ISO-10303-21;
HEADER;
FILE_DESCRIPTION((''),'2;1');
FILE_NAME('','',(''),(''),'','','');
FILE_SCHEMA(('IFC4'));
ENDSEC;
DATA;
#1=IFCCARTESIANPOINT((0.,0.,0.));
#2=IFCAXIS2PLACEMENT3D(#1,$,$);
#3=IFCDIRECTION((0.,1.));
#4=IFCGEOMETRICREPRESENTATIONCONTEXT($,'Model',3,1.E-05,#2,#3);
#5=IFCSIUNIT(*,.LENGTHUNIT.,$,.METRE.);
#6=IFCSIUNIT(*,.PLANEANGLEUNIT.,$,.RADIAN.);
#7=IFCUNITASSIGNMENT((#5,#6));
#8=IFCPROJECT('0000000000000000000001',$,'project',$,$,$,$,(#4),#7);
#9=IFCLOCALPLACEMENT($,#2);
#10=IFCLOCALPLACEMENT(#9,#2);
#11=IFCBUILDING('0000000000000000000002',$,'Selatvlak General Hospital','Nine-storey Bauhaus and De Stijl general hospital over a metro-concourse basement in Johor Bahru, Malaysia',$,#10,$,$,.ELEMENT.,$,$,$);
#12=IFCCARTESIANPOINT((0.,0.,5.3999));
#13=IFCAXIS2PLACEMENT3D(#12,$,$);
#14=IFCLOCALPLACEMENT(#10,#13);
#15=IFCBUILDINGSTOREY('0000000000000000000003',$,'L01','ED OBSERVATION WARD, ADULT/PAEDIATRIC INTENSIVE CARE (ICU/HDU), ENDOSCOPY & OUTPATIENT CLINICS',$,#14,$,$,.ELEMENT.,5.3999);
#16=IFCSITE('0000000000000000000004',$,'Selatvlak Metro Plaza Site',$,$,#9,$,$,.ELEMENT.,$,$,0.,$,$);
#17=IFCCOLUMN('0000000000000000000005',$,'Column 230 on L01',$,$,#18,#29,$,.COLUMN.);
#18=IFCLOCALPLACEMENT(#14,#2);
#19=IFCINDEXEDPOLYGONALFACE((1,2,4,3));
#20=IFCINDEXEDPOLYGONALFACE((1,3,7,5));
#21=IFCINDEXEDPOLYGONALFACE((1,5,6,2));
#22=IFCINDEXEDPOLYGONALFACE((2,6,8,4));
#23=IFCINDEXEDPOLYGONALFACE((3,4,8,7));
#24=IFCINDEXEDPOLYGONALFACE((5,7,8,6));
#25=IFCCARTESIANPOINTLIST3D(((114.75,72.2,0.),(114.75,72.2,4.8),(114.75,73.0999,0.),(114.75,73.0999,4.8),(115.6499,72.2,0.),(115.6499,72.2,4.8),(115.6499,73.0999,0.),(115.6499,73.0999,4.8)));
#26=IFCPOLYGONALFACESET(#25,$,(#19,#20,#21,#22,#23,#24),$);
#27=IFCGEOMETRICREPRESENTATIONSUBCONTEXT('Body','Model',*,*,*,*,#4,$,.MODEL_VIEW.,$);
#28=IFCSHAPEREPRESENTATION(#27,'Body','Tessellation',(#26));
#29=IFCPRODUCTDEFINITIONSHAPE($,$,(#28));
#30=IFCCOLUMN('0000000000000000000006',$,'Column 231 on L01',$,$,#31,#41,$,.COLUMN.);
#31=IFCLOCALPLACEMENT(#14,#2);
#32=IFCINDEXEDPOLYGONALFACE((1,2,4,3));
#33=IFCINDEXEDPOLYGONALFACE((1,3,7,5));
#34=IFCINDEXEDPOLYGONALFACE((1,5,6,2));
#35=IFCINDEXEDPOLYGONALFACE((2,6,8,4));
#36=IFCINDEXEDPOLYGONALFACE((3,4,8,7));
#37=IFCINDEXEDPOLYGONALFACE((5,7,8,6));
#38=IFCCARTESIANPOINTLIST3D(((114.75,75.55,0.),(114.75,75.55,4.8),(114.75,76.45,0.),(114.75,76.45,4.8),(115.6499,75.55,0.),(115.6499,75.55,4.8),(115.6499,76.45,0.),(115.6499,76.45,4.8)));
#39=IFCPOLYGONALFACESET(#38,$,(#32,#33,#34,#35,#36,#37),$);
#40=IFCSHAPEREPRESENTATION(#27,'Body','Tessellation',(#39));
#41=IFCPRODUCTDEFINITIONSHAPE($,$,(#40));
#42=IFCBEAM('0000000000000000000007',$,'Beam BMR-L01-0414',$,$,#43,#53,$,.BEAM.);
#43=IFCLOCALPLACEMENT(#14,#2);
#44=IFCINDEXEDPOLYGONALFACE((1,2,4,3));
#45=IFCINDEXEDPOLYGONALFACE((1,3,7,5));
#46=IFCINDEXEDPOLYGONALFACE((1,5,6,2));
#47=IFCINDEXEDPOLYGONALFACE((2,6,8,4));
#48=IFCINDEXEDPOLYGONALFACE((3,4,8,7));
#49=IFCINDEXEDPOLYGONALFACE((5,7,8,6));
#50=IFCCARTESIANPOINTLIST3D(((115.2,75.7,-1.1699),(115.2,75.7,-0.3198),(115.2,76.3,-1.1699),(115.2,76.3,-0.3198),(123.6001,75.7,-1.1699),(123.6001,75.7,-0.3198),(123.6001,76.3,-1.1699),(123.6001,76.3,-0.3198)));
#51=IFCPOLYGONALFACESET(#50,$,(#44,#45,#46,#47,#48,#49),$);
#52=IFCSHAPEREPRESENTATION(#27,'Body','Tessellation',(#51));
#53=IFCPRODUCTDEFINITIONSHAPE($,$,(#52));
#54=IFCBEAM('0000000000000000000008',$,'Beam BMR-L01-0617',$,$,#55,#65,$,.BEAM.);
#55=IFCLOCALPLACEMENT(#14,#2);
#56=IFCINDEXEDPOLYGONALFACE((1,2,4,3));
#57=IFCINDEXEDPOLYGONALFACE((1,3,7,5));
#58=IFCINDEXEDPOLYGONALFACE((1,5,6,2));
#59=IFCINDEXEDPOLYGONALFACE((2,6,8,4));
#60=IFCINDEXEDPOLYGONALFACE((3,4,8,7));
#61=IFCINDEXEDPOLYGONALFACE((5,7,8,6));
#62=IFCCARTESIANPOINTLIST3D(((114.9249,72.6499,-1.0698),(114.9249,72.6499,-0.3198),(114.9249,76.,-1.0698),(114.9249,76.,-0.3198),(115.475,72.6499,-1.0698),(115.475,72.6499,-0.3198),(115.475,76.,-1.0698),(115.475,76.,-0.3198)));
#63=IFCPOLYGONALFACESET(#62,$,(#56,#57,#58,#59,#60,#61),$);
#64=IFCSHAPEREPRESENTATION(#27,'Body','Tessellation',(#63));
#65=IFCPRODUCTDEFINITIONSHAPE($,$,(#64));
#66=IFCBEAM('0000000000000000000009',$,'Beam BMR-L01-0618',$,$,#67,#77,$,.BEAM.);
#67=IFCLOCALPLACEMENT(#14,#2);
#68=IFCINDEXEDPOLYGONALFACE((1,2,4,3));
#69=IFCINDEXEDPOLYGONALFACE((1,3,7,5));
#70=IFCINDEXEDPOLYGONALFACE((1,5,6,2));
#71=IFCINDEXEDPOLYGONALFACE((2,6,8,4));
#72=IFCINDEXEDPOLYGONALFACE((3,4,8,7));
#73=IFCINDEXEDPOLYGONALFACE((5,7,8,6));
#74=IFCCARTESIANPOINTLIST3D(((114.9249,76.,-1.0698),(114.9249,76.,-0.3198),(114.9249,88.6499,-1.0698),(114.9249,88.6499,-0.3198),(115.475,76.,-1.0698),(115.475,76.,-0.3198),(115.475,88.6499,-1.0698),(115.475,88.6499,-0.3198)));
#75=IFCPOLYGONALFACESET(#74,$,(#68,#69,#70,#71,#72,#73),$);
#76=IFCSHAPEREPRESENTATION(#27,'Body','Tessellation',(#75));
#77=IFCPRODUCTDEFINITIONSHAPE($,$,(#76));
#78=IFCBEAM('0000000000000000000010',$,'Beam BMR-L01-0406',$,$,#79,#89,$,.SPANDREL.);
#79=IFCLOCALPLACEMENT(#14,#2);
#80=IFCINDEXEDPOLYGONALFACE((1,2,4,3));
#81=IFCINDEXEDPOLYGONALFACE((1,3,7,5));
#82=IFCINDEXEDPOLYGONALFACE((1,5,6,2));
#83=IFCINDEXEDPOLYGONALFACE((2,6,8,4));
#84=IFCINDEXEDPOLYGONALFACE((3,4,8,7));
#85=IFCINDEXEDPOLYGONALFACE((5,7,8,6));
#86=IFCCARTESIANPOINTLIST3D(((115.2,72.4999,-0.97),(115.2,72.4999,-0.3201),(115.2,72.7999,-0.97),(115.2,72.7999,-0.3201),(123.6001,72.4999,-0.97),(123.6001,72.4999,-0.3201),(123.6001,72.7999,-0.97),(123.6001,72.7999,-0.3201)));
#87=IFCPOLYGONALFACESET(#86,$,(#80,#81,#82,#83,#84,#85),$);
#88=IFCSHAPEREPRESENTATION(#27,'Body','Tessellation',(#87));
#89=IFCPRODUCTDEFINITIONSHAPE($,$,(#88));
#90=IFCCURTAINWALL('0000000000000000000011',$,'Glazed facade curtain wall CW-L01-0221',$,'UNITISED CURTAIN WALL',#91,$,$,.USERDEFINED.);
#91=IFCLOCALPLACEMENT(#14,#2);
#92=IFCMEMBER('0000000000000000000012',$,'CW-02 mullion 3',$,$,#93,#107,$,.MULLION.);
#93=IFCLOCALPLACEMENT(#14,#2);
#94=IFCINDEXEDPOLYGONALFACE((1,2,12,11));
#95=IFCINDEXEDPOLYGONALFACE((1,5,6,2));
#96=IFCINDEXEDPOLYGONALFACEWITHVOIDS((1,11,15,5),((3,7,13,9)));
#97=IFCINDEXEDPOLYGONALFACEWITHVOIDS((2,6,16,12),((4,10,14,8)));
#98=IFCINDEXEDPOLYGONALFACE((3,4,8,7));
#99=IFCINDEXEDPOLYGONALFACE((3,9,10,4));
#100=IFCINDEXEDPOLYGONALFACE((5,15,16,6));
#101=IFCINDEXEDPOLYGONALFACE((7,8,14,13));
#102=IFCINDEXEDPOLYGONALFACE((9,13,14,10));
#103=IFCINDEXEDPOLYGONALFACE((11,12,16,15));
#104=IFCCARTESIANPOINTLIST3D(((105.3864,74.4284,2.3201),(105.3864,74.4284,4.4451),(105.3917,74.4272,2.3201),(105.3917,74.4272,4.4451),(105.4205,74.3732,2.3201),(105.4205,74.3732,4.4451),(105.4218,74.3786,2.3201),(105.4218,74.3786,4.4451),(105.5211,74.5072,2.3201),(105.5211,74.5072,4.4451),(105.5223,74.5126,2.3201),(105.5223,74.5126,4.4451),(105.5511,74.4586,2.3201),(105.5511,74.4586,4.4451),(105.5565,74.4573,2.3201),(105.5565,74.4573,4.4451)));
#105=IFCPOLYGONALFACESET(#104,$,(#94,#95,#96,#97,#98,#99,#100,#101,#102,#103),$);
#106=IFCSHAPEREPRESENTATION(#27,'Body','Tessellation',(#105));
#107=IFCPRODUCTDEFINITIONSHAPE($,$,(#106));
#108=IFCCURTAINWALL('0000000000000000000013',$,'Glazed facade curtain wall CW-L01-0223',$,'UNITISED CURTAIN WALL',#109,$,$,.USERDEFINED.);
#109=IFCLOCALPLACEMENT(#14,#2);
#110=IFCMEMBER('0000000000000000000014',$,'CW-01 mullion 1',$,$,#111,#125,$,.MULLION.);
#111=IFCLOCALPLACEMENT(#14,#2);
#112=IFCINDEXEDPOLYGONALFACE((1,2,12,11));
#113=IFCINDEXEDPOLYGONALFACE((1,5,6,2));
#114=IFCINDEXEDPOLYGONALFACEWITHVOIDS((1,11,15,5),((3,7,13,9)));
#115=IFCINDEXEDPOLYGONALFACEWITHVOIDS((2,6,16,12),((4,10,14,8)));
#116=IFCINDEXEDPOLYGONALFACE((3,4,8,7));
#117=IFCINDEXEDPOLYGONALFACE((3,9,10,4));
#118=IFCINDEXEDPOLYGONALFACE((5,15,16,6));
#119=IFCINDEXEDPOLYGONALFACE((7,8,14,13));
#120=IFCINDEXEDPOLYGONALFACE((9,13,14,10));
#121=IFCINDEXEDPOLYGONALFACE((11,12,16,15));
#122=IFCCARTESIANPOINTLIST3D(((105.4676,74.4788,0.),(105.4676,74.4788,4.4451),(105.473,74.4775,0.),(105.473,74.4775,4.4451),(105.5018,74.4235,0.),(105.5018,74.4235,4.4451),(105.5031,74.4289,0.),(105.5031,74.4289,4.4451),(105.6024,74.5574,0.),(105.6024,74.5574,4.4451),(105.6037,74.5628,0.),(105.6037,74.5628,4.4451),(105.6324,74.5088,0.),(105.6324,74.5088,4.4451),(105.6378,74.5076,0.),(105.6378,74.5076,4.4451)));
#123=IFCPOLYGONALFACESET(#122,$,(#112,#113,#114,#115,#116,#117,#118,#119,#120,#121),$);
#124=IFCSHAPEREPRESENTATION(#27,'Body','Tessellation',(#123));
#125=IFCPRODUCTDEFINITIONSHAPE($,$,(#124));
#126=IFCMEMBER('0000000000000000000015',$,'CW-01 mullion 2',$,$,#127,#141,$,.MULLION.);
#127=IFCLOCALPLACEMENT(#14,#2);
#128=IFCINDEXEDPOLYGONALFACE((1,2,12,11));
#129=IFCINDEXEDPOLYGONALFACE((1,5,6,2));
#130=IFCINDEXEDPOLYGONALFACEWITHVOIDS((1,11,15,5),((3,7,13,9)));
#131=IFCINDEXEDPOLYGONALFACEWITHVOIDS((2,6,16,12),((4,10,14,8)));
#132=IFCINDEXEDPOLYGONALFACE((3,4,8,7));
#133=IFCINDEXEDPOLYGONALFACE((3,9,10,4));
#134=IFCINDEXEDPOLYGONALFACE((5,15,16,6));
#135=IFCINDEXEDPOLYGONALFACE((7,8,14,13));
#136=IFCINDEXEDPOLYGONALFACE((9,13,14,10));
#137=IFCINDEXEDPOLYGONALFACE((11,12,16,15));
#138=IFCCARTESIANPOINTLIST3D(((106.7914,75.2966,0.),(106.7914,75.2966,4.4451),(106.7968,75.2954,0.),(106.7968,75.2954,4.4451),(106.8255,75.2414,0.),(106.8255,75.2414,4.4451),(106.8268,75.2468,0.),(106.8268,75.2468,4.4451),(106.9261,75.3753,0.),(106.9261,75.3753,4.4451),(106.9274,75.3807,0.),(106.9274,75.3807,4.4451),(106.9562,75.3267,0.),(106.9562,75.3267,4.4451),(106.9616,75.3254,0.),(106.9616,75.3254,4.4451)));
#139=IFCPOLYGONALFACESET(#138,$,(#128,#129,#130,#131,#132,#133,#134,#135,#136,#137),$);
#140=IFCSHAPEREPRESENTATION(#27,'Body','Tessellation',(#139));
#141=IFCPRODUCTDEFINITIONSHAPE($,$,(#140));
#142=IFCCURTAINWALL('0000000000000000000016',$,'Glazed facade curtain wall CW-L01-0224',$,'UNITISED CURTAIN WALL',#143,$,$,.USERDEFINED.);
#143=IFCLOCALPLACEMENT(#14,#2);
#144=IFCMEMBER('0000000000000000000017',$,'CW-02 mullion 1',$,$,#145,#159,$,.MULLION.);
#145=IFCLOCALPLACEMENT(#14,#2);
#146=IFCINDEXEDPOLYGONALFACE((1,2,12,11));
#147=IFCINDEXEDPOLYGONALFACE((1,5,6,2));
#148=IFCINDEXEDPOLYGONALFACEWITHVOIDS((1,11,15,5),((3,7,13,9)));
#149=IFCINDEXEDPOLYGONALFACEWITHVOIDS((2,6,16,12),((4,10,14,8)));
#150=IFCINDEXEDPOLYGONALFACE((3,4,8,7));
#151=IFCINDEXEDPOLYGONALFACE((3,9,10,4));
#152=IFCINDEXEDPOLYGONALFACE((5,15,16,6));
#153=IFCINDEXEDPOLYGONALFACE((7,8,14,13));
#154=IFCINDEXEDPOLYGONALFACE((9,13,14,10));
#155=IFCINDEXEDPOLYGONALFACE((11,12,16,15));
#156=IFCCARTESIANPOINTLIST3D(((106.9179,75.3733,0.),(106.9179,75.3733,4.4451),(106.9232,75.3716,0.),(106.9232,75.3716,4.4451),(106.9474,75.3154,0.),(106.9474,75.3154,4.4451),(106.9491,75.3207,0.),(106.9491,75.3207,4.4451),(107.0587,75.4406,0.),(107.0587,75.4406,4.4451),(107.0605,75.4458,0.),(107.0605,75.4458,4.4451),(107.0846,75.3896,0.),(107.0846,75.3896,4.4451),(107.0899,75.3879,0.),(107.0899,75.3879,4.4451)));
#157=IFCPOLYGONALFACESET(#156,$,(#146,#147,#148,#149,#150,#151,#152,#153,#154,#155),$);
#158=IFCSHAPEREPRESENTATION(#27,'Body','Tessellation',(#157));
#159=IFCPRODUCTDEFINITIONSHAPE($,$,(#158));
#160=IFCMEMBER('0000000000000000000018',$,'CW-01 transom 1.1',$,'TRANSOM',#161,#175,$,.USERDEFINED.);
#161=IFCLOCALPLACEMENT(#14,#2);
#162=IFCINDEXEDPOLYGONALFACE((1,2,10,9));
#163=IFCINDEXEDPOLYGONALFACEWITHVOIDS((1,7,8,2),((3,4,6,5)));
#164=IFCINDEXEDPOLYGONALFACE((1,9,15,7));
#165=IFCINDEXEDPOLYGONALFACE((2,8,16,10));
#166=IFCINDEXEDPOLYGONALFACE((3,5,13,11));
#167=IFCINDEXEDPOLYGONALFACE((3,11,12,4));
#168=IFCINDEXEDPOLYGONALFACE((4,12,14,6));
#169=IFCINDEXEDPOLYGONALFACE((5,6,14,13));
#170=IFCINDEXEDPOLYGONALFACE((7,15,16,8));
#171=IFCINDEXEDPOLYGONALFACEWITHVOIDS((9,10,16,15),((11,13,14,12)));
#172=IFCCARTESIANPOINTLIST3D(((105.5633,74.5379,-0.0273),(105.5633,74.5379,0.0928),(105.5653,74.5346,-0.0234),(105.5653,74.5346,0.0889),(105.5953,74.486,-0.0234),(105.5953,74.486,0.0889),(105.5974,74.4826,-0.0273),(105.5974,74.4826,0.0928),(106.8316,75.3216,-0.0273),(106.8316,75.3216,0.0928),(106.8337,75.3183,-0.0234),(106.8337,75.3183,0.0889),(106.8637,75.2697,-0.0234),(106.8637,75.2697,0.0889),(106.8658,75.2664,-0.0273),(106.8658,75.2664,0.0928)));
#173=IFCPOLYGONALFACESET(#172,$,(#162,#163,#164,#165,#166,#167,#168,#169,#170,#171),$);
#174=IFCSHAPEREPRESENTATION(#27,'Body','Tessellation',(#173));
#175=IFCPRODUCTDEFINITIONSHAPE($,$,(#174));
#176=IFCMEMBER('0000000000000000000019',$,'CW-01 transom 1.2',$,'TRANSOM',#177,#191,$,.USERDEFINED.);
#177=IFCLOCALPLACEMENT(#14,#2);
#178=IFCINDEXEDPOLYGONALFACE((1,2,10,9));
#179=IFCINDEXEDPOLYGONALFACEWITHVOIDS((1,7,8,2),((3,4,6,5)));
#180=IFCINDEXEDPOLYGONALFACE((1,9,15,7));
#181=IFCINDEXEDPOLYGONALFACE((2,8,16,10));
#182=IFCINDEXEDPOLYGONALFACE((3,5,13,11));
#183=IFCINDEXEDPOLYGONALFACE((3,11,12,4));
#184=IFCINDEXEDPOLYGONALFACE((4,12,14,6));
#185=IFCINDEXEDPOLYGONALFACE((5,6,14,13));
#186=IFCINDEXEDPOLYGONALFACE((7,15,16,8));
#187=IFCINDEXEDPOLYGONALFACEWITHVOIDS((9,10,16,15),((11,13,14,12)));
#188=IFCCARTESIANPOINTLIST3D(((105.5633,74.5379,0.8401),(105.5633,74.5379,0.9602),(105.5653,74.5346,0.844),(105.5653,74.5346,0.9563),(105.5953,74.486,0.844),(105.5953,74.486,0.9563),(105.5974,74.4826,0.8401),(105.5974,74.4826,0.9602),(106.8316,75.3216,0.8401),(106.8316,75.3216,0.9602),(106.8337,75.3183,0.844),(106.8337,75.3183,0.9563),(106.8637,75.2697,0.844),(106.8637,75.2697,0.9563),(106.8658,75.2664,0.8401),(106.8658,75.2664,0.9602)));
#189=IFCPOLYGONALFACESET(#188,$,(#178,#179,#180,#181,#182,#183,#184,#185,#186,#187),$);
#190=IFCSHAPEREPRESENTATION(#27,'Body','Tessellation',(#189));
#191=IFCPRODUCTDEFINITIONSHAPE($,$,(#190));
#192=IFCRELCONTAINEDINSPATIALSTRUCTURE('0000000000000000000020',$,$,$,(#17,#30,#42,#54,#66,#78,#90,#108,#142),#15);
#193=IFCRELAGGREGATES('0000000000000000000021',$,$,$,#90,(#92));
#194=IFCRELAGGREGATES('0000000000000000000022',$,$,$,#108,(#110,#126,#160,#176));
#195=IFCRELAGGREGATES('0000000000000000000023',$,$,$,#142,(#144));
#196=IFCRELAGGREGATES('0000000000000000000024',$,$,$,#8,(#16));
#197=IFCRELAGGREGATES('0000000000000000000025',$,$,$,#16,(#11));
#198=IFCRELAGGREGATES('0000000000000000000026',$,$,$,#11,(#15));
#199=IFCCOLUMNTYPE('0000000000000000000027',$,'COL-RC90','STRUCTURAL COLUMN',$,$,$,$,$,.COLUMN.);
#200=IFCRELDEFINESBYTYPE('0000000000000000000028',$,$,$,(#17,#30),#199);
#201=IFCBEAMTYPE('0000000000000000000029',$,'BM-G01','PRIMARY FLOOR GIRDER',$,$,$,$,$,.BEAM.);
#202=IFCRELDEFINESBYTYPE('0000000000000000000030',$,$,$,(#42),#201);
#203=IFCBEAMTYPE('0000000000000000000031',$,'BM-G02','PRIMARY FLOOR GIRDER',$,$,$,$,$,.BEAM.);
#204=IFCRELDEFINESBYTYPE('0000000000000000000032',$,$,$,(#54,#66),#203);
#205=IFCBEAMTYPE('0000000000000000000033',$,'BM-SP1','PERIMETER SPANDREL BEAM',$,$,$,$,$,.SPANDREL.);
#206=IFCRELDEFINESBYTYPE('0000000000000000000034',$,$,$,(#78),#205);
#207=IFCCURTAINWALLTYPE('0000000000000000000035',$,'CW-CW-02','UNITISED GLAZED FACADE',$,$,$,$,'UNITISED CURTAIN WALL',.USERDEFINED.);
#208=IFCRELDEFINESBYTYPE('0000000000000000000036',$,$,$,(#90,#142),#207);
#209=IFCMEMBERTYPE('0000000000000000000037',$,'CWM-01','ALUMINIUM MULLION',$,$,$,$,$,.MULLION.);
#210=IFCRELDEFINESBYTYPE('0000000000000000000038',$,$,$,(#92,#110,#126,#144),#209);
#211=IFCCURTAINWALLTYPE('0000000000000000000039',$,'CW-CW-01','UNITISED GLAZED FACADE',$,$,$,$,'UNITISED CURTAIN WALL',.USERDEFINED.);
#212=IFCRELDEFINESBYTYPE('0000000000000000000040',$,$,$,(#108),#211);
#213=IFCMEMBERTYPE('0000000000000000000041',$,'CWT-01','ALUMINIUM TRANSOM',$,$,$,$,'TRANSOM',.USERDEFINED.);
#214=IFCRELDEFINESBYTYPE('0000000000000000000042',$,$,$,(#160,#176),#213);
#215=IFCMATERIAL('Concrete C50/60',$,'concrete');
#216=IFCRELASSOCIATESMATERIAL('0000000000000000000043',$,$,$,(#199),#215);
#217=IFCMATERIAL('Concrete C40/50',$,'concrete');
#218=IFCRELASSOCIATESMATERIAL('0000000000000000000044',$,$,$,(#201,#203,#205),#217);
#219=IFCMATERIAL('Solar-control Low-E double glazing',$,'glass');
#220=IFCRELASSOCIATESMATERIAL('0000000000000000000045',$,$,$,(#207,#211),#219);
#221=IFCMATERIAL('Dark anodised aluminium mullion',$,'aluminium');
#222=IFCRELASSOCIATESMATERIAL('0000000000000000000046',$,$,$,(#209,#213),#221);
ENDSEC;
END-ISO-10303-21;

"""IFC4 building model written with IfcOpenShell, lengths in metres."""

from ifc_helpers import new_model, si_unit, direction, frame, origin, origin_2d, place, context, subcontext, project, spatial, rectangle, hollow_rectangle, extrude, material, material_profile, profile_set, type_object, element, aggregate, save


model = new_model("IFC4")

# Units and contexts
model_context = context("Model", 3, precision=1e-05, world=origin(), true_north=direction((0.0, 1.0)))
body_context = subcontext(model_context, "Body", "Model", "MODEL_VIEW")
ifc_project = project(units=[si_unit("LENGTHUNIT", "METRE"), si_unit("PLANEANGLEUNIT", "RADIAN")], contexts=[model_context])

# Site, building, storey
site_placement = place(None, origin())
site = spatial("IfcSite", under=ifc_project, at=site_placement, Name="Selatvlak Metro Plaza Site", CompositionType="ELEMENT", RefElevation=0.0)
building_placement = place(site_placement, origin())
building = spatial("IfcBuilding", under=site, at=building_placement, Name="Selatvlak General Hospital", Description="Nine-storey Bauhaus and De Stijl general hospital over a metro-concourse basement in Johor Bahru, Malaysia", CompositionType="ELEMENT")
storey_placement = place(building_placement, frame((0.0, 0.0, 5.3999)))
storey = spatial("IfcBuildingStorey", under=building, at=storey_placement, Name="L01", Description="ED OBSERVATION WARD, ADULT/PAEDIATRIC INTENSIVE CARE (ICU/HDU), ENDOSCOPY & OUTPATIENT CLINICS", CompositionType="ELEMENT", Elevation=5.3999)

# Columns
ifc_material_1 = material(Name="Concrete C50/60", Category="concrete")
ifc_material_profile_1 = material_profile(ifc_material_1, rectangle(XDim=0.8999, YDim=0.8999, at=origin_2d()), Name="RC-COL 900x900")
ifc_profile_set_1 = profile_set([ifc_material_profile_1], Name="Concrete C50/60")
column_type = type_object("IfcColumnType", Name="COL-RC90", Description="STRUCTURAL COLUMN", PredefinedType="COLUMN", material=ifc_profile_set_1)
for number, where, z_axis, x_axis, name in (
    (1, (115.2, 72.6499, 0.0), (0.0, 0.0, 1.0), (1.0, 0.0, 0.0), "Column 230 on L01"),
    (2, (115.2, 76.0, 0.0), (0.0, 0.0, 1.0), (1.0, 0.0, 0.0), "Column 231 on L01"),
):
    element("IfcColumn", number, at=place(storey_placement, frame(where, z_axis=z_axis, x_axis=x_axis)), inside=storey, type_object=column_type, Name=name, PredefinedType="COLUMN", context=body_context, shape_type="SweptSolid", body=[
        extrude(rectangle(XDim=0.8999, YDim=0.8999, at=origin_2d()), origin(), (0.0, 0.0, 1.0), 4.8),
    ])

# Beams
ifc_material_2 = material(Name="Concrete C40/50", Category="concrete")
ifc_material_profile_2 = material_profile(ifc_material_2, rectangle(XDim=0.6001, YDim=0.8501, at=origin_2d()), Name="RC-BM 600x850")
ifc_profile_set_2 = profile_set([ifc_material_profile_2], Name="Concrete C40/50")
beam_type_1 = type_object("IfcBeamType", Name="BM-G01", Description="PRIMARY FLOOR GIRDER", PredefinedType="BEAM", material=ifc_profile_set_2)
beam_1_placement = place(storey_placement, frame((115.2, 76.0, -0.7449), z_axis=(1.0, 0.0, 0.0), x_axis=(0.0, 1.0, 0.0)))
element("IfcBeam", 3, at=beam_1_placement, inside=storey, type_object=beam_type_1, Name="Beam BMR-L01-0414", PredefinedType="BEAM", context=body_context, shape_type="SweptSolid", body=[
    extrude(rectangle(XDim=0.6001, YDim=0.8501, at=origin_2d()), origin(), (0.0, 0.0, 1.0), 8.4001),
])
ifc_material_profile_3 = material_profile(ifc_material_2, rectangle(XDim=0.55, YDim=0.75, at=origin_2d()), Name="RC-BM 550x750")
ifc_profile_set_3 = profile_set([ifc_material_profile_3], Name="Concrete C40/50")
beam_type_2 = type_object("IfcBeamType", Name="BM-G02", Description="PRIMARY FLOOR GIRDER", PredefinedType="BEAM", material=ifc_profile_set_3)
beam_2_placement = place(storey_placement, frame((115.2, 72.6499, -0.6948), z_axis=(0.0, 1.0, 0.0), x_axis=(-1.0, 0.0, 0.0)))
element("IfcBeam", 4, at=beam_2_placement, inside=storey, type_object=beam_type_2, Name="Beam BMR-L01-0617", PredefinedType="BEAM", context=body_context, shape_type="SweptSolid", body=[
    extrude(rectangle(XDim=0.55, YDim=0.75, at=origin_2d()), origin(), (0.0, 0.0, 1.0), 3.3501),
])
beam_3_placement = place(storey_placement, frame((115.2, 76.0, -0.6948), z_axis=(0.0, 1.0, 0.0), x_axis=(-1.0, 0.0, 0.0)))
element("IfcBeam", 5, at=beam_3_placement, inside=storey, type_object=beam_type_2, Name="Beam BMR-L01-0618", PredefinedType="BEAM", context=body_context, shape_type="SweptSolid", body=[
    extrude(rectangle(XDim=0.55, YDim=0.75, at=origin_2d()), origin(), (0.0, 0.0, 1.0), 12.6499),
])
ifc_material_profile_4 = material_profile(ifc_material_2, rectangle(XDim=0.3, YDim=0.6499, at=origin_2d()), Name="RC-SP 300x650")
ifc_profile_set_4 = profile_set([ifc_material_profile_4], Name="Concrete C40/50")
beam_type_3 = type_object("IfcBeamType", Name="BM-SP1", Description="PERIMETER SPANDREL BEAM", PredefinedType="SPANDREL", material=ifc_profile_set_4)
beam_4_placement = place(storey_placement, frame((115.2, 72.6499, -0.645), z_axis=(1.0, 0.0, 0.0), x_axis=(0.0, 1.0, 0.0)))
element("IfcBeam", 6, at=beam_4_placement, inside=storey, type_object=beam_type_3, Name="Beam BMR-L01-0406", PredefinedType="SPANDREL", context=body_context, shape_type="SweptSolid", body=[
    extrude(rectangle(XDim=0.3, YDim=0.6499, at=origin_2d()), origin(), (0.0, 0.0, 1.0), 8.4001),
])

# Curtain wall, member
ifc_material_3 = material(Name="Solar-control Low-E double glazing", Category="glass")
curtain_wall_type_1 = type_object("IfcCurtainWallType", Name="CW-CW-02", Description="UNITISED GLAZED FACADE", ElementType="UNITISED CURTAIN WALL", PredefinedType="USERDEFINED", material=ifc_material_3)
curtain_wall_1_placement = place(storey_placement, origin())
curtain_wall_1 = element("IfcCurtainWall", 7, at=curtain_wall_1_placement, inside=storey, type_object=curtain_wall_type_1, Name="Glazed facade curtain wall CW-L01-0221", ObjectType="UNITISED CURTAIN WALL", PredefinedType="USERDEFINED")
ifc_material_4 = material(Name="Dark anodised aluminium mullion", Category="aluminium")
ifc_material_profile_5 = material_profile(ifc_material_4, hollow_rectangle(XDim=0.0649, YDim=0.1599, WallThickness=0.0039, at=origin_2d()), Name="AL-MUL 65x160x4")
ifc_profile_set_5 = profile_set([ifc_material_profile_5], Name="Dark anodised aluminium mullion")
member_type_1 = type_object("IfcMemberType", Name="CWM-01", Description="ALUMINIUM MULLION", PredefinedType="MULLION", material=ifc_profile_set_5)
member_1_placement = place(storey_placement, frame((105.4714, 74.4429, 2.3201), z_axis=(0.0, 0.0, 1.0), x_axis=(-0.526112, 0.850415, 0.0)))
member_1 = element("IfcMember", 8, at=member_1_placement, type_object=member_type_1, Name="CW-02 mullion 3", PredefinedType="MULLION", context=body_context, shape_type="SweptSolid", body=[
    extrude(hollow_rectangle(XDim=0.0649, YDim=0.1599, WallThickness=0.0039, at=origin_2d()), origin(), (0.0, 0.0, 1.0), 2.125),
])
aggregate(curtain_wall_1, [member_1])

# Curtain wall, members
curtain_wall_type_2 = type_object("IfcCurtainWallType", Name="CW-CW-01", Description="UNITISED GLAZED FACADE", ElementType="UNITISED CURTAIN WALL", PredefinedType="USERDEFINED", material=ifc_material_3)
curtain_wall_2_placement = place(storey_placement, origin())
curtain_wall_2 = element("IfcCurtainWall", 9, at=curtain_wall_2_placement, inside=storey, type_object=curtain_wall_type_2, Name="Glazed facade curtain wall CW-L01-0223", ObjectType="UNITISED CURTAIN WALL", PredefinedType="USERDEFINED")
member_2_placement = place(storey_placement, frame((105.5527, 74.4932, 0.0), z_axis=(0.0, 0.0, 1.0), x_axis=(-0.525611, 0.850725, 0.0)))
member_2 = element("IfcMember", 10, at=member_2_placement, type_object=member_type_1, Name="CW-01 mullion 1", PredefinedType="MULLION", context=body_context, shape_type="SweptSolid", body=[
    extrude(hollow_rectangle(XDim=0.0649, YDim=0.1599, WallThickness=0.0039, at=origin_2d()), origin(), (0.0, 0.0, 1.0), 4.4451),
])
member_3_placement = place(storey_placement, frame((106.8765, 75.311, 0.0), z_axis=(0.0, 0.0, 1.0), x_axis=(-0.525611, 0.850725, 0.0)))
member_3 = element("IfcMember", 11, at=member_3_placement, type_object=member_type_1, Name="CW-01 mullion 2", PredefinedType="MULLION", context=body_context, shape_type="SweptSolid", body=[
    extrude(hollow_rectangle(XDim=0.0649, YDim=0.1599, WallThickness=0.0039, at=origin_2d()), origin(), (0.0, 0.0, 1.0), 4.4451),
])

# Curtain wall, member
curtain_wall_3_placement = place(storey_placement, origin())
curtain_wall_3 = element("IfcCurtainWall", 12, at=curtain_wall_3_placement, inside=storey, type_object=curtain_wall_type_1, Name="Glazed facade curtain wall CW-L01-0224", ObjectType="UNITISED CURTAIN WALL", PredefinedType="USERDEFINED")
member_4_placement = place(storey_placement, frame((107.0039, 75.3806, 0.0), z_axis=(0.0, 0.0, 1.0), x_axis=(-0.453361, 0.891327, 0.0)))
member_4 = element("IfcMember", 13, at=member_4_placement, type_object=member_type_1, Name="CW-02 mullion 1", PredefinedType="MULLION", context=body_context, shape_type="SweptSolid", body=[
    extrude(hollow_rectangle(XDim=0.0649, YDim=0.1599, WallThickness=0.0039, at=origin_2d()), origin(), (0.0, 0.0, 1.0), 4.4451),
])

# Members
ifc_material_profile_6 = material_profile(ifc_material_4, hollow_rectangle(XDim=0.0649, YDim=0.1201, WallThickness=0.0039, at=origin_2d()), Name="AL-TRN 65x120x4")
ifc_profile_set_6 = profile_set([ifc_material_profile_6], Name="Dark anodised aluminium mullion")
member_type_2 = type_object("IfcMemberType", Name="CWT-01", Description="ALUMINIUM TRANSOM", ElementType="TRANSOM", PredefinedType="USERDEFINED", material=ifc_profile_set_6)
member_5_placement = place(storey_placement, frame((105.5803, 74.5103, 0.0327), z_axis=(0.850701, 0.52565, 0.0), x_axis=(-0.52565, 0.850701, 0.0)))
member_5 = element("IfcMember", 14, at=member_5_placement, type_object=member_type_2, Name="CW-01 transom 1.1", ObjectType="TRANSOM", PredefinedType="USERDEFINED", context=body_context, shape_type="SweptSolid", body=[
    extrude(hollow_rectangle(XDim=0.0649, YDim=0.1201, WallThickness=0.0039, at=origin_2d()), origin(), (0.0, 0.0, 1.0), 1.491),
])
member_6_placement = place(storey_placement, frame((105.5803, 74.5103, 0.9001), z_axis=(0.850701, 0.52565, 0.0), x_axis=(-0.52565, 0.850701, 0.0)))
member_6 = element("IfcMember", 15, at=member_6_placement, type_object=member_type_2, Name="CW-01 transom 1.2", ObjectType="TRANSOM", PredefinedType="USERDEFINED", context=body_context, shape_type="SweptSolid", body=[
    extrude(hollow_rectangle(XDim=0.0649, YDim=0.1201, WallThickness=0.0039, at=origin_2d()), origin(), (0.0, 0.0, 1.0), 1.491),
])

aggregate(curtain_wall_2, [member_2, member_3, member_5, member_6])
aggregate(curtain_wall_3, [member_4])

save(model, "model.ifc")
